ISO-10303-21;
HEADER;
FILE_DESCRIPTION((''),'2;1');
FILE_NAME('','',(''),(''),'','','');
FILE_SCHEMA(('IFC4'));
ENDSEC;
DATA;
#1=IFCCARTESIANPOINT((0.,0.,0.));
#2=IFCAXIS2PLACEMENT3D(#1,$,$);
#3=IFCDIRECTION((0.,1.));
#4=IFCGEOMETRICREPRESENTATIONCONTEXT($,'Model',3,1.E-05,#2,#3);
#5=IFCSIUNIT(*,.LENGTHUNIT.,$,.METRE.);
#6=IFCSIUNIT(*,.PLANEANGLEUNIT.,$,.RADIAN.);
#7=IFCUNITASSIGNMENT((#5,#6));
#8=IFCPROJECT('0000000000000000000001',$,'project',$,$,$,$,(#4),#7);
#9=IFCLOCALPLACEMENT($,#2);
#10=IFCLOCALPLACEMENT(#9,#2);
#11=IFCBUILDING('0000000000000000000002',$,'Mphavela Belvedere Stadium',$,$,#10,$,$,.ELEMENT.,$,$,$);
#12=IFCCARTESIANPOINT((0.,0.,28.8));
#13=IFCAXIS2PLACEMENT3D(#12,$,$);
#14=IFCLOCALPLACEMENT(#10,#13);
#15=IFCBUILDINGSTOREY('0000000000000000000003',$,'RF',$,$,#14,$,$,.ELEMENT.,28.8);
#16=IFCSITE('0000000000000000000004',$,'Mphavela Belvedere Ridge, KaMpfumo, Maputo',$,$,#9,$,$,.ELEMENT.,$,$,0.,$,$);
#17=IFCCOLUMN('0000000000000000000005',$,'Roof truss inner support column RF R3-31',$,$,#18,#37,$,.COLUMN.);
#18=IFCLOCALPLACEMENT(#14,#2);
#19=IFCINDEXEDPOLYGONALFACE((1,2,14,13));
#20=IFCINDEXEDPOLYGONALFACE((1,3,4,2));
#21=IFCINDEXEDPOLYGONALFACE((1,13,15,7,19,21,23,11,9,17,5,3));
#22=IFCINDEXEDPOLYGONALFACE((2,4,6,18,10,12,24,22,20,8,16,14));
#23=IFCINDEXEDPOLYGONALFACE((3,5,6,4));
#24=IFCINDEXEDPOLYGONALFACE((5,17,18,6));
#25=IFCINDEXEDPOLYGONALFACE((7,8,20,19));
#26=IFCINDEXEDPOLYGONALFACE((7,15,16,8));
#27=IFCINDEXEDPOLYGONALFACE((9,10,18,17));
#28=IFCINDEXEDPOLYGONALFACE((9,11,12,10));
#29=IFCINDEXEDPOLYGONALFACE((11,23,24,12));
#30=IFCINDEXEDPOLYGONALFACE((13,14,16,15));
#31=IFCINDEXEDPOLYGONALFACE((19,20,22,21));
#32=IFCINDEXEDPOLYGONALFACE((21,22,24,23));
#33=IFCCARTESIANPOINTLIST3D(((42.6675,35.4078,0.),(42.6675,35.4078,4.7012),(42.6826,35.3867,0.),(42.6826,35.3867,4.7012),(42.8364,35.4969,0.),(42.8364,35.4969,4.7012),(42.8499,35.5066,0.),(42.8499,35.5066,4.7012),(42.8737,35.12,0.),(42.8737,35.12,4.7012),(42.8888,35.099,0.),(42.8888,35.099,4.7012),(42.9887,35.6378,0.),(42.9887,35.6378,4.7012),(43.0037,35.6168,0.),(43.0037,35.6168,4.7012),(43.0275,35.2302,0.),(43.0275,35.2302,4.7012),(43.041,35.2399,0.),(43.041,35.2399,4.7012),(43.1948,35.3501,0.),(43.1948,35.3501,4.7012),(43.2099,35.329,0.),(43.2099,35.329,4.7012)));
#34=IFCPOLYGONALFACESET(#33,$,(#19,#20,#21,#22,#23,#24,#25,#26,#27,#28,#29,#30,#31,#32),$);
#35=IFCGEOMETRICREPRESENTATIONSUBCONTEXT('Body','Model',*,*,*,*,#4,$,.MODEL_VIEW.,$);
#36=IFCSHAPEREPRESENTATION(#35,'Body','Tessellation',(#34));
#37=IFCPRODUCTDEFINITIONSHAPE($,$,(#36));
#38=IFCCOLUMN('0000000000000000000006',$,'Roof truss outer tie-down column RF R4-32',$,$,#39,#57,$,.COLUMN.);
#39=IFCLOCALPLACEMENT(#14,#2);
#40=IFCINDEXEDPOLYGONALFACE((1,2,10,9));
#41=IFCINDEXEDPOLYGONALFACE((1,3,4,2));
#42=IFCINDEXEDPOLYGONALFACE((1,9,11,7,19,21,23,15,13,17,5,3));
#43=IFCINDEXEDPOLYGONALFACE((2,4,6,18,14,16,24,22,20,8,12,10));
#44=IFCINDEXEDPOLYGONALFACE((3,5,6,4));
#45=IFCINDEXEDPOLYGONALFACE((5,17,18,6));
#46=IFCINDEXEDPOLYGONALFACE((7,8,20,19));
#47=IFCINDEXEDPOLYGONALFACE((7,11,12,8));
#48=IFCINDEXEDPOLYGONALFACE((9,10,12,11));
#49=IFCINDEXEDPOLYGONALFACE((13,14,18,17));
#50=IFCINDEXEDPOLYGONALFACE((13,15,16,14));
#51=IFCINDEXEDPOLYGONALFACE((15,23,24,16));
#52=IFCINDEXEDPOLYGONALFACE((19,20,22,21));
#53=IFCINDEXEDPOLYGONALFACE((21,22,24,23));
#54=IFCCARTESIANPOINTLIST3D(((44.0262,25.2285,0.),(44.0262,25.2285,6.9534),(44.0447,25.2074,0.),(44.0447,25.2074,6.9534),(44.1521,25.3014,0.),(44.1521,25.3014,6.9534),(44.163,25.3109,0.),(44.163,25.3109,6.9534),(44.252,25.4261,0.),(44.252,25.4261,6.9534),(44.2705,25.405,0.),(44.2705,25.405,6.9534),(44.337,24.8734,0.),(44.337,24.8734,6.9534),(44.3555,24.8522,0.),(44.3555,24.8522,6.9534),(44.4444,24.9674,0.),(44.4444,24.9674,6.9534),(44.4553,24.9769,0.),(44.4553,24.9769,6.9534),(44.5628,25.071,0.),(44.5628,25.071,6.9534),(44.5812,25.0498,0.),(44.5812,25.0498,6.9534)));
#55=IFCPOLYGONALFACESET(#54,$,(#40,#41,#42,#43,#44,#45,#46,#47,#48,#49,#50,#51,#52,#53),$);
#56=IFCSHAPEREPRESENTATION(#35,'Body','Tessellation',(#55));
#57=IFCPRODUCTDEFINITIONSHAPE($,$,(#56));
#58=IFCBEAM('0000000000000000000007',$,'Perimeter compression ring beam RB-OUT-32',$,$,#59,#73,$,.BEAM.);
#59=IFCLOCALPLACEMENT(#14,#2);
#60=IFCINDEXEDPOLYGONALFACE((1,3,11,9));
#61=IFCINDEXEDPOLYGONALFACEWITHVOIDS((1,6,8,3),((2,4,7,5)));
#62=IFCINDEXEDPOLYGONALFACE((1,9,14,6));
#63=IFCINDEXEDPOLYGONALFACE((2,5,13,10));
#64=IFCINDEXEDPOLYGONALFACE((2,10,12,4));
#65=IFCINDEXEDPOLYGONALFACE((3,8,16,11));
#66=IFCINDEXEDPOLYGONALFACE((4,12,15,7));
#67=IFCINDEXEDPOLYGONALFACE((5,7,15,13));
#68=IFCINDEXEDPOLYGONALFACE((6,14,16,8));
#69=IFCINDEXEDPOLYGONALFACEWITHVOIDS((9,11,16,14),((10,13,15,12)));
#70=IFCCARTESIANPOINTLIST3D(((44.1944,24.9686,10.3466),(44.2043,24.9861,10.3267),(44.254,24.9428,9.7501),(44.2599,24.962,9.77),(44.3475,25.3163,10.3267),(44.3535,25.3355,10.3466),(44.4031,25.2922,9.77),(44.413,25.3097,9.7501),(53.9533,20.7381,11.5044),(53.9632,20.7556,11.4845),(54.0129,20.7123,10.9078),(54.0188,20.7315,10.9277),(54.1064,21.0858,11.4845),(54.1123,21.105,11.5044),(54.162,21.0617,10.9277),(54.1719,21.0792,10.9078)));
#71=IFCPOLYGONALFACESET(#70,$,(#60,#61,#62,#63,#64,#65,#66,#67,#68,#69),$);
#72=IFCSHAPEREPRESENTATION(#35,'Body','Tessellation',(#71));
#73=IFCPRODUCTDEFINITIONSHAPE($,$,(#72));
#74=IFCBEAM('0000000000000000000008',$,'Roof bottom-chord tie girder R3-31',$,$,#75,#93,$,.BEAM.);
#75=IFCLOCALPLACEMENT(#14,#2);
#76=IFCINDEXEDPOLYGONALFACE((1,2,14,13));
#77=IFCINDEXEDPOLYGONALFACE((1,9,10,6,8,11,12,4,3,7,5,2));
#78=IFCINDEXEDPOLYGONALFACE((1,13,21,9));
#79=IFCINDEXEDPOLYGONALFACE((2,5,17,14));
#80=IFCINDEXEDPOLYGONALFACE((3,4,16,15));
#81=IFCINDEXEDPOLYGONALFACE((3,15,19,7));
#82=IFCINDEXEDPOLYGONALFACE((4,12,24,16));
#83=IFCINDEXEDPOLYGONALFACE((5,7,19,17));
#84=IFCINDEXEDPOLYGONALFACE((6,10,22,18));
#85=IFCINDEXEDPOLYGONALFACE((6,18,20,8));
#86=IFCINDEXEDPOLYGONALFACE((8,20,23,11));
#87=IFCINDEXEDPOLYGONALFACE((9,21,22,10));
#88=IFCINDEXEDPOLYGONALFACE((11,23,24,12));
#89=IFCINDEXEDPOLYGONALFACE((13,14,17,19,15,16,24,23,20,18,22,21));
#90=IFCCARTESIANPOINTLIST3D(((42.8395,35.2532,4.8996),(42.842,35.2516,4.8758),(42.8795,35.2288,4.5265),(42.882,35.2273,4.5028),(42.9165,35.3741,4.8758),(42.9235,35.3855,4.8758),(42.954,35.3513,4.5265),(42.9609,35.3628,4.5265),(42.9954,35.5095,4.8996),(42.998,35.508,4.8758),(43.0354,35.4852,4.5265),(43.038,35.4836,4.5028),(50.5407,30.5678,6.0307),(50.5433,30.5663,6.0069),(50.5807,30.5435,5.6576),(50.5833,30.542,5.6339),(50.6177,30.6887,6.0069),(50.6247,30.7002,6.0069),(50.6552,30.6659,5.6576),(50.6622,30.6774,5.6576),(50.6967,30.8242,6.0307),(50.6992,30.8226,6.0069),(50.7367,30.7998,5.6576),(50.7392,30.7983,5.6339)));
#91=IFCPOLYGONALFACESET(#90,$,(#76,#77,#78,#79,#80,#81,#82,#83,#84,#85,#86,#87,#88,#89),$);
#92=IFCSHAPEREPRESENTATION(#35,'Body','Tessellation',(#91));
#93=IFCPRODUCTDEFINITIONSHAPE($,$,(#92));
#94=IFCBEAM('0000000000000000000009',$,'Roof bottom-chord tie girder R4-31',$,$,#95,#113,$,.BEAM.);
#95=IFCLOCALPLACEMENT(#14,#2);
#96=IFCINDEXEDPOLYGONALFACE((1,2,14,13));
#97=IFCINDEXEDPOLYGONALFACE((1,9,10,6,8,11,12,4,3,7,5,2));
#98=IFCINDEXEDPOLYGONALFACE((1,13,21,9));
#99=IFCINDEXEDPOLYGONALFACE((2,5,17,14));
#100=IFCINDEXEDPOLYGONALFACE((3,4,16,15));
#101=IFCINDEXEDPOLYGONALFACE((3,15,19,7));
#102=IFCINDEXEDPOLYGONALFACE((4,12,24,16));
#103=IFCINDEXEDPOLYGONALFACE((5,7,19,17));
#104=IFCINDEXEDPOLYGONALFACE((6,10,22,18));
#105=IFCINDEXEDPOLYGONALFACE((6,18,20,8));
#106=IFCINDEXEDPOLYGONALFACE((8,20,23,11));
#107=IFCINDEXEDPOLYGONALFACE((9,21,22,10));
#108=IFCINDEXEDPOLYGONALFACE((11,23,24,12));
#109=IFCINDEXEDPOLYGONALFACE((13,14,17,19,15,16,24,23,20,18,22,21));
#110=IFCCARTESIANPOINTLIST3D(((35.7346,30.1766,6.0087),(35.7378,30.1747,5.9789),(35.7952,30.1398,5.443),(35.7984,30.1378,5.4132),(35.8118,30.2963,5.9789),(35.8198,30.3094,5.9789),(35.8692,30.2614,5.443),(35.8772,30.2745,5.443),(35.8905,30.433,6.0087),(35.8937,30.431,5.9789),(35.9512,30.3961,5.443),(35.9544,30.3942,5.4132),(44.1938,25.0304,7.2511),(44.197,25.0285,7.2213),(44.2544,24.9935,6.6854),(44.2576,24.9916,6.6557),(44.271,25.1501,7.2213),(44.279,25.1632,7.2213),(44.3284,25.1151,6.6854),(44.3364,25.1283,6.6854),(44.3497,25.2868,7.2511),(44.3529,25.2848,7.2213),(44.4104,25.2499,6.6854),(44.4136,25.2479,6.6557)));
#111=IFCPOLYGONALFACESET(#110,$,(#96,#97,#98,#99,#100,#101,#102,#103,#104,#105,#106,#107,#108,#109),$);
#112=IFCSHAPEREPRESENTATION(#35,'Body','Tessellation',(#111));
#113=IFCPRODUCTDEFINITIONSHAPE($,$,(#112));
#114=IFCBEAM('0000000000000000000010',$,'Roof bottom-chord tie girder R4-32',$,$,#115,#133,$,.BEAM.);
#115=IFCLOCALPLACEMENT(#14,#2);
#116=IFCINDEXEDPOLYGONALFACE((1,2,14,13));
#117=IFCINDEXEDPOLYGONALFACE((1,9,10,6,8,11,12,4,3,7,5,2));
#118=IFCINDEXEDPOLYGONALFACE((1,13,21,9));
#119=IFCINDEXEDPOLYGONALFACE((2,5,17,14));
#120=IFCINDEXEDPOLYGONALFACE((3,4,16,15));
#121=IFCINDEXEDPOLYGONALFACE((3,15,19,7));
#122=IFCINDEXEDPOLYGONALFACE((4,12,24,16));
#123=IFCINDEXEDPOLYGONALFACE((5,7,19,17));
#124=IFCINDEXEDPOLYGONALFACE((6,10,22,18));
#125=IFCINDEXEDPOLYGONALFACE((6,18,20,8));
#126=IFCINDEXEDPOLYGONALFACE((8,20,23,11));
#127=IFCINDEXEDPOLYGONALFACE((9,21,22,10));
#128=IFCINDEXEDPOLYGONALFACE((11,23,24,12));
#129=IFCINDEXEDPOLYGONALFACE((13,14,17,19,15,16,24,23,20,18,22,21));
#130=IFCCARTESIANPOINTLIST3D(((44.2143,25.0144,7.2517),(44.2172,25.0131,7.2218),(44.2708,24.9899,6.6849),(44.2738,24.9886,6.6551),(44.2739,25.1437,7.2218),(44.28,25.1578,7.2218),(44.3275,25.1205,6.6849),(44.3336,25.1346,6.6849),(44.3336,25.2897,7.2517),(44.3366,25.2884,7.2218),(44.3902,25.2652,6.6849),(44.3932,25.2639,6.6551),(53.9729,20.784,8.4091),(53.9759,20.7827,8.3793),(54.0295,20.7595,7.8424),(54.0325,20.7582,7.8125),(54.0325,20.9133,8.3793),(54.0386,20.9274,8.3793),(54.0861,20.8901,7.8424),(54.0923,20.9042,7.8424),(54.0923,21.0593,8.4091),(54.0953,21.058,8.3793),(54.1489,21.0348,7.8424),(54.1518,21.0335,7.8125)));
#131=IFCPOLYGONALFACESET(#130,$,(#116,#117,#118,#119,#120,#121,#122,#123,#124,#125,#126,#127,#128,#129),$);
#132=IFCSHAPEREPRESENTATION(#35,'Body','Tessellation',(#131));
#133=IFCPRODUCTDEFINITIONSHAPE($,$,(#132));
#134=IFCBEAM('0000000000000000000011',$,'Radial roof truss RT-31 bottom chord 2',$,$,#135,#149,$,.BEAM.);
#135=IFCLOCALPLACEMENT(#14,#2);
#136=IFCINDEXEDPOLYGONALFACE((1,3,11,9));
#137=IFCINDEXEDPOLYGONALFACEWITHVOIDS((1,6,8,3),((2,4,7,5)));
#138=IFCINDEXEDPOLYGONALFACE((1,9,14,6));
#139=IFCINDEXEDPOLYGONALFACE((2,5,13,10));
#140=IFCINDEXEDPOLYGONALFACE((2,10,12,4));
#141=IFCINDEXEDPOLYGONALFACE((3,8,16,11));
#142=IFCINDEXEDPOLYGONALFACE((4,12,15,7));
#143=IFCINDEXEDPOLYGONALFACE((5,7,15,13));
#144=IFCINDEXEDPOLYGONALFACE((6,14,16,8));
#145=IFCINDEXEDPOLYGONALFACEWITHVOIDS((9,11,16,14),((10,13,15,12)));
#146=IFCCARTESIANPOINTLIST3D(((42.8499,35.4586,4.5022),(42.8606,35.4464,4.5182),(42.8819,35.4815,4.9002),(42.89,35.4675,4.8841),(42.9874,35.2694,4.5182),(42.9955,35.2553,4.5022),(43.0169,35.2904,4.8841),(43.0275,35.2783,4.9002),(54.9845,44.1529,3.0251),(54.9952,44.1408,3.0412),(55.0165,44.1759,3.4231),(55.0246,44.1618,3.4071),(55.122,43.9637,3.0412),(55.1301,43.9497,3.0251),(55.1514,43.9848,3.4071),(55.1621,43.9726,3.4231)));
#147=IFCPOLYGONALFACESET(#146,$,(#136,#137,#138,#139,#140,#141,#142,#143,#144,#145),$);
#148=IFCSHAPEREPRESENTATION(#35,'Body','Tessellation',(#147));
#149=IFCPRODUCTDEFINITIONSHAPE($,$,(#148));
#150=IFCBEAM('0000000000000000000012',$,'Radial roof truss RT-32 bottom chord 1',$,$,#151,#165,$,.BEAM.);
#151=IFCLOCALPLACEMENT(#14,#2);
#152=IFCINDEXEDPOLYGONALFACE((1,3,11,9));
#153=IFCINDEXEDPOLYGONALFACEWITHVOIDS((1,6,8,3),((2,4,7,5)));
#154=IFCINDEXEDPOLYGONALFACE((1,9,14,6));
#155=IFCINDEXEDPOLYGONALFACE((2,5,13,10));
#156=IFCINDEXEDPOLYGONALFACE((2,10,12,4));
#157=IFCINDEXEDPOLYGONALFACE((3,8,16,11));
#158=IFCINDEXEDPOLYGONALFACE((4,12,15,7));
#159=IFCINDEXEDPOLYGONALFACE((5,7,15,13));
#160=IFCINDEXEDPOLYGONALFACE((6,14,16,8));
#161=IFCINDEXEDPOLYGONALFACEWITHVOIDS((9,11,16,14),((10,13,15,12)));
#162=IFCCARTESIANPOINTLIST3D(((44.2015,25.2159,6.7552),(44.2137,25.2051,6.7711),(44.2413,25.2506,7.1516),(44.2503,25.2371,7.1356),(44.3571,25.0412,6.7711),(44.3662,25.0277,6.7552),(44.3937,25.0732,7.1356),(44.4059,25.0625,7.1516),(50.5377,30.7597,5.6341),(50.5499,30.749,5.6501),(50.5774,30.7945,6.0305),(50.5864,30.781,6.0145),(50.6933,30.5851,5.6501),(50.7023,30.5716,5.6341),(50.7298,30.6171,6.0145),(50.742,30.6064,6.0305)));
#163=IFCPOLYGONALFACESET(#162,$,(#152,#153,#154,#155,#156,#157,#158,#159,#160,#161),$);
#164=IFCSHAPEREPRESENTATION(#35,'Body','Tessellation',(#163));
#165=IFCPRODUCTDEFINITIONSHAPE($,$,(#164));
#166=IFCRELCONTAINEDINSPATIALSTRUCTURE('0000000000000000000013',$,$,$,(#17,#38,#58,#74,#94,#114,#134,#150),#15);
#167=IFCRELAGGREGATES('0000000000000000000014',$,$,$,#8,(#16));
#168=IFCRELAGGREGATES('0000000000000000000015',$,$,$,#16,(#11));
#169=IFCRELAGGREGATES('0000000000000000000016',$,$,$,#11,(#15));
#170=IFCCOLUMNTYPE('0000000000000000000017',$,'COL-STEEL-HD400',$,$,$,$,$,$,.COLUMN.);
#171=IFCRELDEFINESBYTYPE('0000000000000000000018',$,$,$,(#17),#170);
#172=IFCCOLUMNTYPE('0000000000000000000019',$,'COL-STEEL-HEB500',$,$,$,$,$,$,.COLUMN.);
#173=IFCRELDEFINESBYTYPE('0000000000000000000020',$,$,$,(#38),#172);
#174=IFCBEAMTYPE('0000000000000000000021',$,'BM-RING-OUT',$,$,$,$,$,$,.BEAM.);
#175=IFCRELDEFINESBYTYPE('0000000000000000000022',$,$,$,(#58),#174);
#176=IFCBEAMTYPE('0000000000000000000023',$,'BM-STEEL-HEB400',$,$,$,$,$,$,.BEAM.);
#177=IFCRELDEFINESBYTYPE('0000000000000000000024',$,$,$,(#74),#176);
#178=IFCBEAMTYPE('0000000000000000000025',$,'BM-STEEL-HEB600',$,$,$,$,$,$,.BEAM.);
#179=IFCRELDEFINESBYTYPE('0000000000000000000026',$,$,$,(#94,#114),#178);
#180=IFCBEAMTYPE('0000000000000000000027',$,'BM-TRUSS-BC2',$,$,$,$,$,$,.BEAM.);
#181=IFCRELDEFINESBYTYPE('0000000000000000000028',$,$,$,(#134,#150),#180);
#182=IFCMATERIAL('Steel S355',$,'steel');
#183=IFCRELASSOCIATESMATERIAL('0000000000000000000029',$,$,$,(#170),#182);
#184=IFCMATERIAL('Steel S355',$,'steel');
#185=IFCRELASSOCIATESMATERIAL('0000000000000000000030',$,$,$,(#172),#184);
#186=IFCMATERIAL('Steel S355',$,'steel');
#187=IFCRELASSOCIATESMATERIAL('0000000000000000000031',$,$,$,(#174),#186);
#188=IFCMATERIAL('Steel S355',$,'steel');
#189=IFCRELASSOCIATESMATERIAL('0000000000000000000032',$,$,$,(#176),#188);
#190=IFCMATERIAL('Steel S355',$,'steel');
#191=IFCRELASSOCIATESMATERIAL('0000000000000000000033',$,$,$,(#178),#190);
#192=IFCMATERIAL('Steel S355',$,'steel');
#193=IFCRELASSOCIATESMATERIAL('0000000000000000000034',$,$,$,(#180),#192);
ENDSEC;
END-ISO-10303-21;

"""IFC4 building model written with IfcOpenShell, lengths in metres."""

from ifc_helpers import new_model, si_unit, direction, frame, origin, origin_2d, place, context, subcontext, project, spatial, hollow_rectangle, i_section, extrude, material, material_profile, profile_set, type_object, element, save


model = new_model("IFC4")

# Units and contexts
model_context = context("Model", 3, precision=1e-05, world=origin(), true_north=direction((0.0, 1.0)))
body_context = subcontext(model_context, "Body", "Model", "MODEL_VIEW")
ifc_project = project(units=[si_unit("LENGTHUNIT", "METRE"), si_unit("PLANEANGLEUNIT", "RADIAN")], contexts=[model_context])

# Site, building, storey
site_placement = place(None, origin())
site = spatial("IfcSite", under=ifc_project, at=site_placement, Name="Mphavela Belvedere Ridge, KaMpfumo, Maputo", CompositionType="ELEMENT", RefElevation=0.0)
building_placement = place(site_placement, origin())
building = spatial("IfcBuilding", under=site, at=building_placement, Name="Mphavela Belvedere Stadium", CompositionType="ELEMENT")
storey_placement = place(building_placement, frame((0.0, 0.0, 28.8)))
storey = spatial("IfcBuildingStorey", under=building, at=storey_placement, Name="RF", CompositionType="ELEMENT", Elevation=28.8)

# Columns
ifc_material_1 = material(Name="Steel S355", Category="steel")
ifc_material_profile_1 = material_profile(ifc_material_1, i_section(OverallWidth=0.395, OverallDepth=0.3799, WebThickness=0.0166, FlangeThickness=0.0259, at=origin_2d()), Name="HD 400x237")
ifc_profile_set_1 = profile_set([ifc_material_profile_1], Name="Steel S355")
column_type_1 = type_object("IfcColumnType", Name="COL-STEEL-HD400", PredefinedType="COLUMN", material=ifc_profile_set_1)
column_1_placement = place(storey_placement, frame((42.9387, 35.3684, 0.0), z_axis=(0.0, 0.0, 1.0), x_axis=(-0.812898, -0.582407, 0.0)))
element("IfcColumn", 1, at=column_1_placement, inside=storey, type_object=column_type_1, Name="Roof truss inner support column RF R3-31", PredefinedType="COLUMN", context=body_context, shape_type="SweptSolid", body=[
    extrude(i_section(OverallWidth=0.395, OverallDepth=0.3799, WebThickness=0.0166, FlangeThickness=0.0259, at=origin_2d()), origin(), (0.0, 0.0, 1.0), 4.7012),
])
ifc_material_2 = material(Name="Steel S355", Category="steel")
ifc_material_profile_2 = material_profile(ifc_material_2, i_section(OverallWidth=0.3, OverallDepth=0.5, WebThickness=0.0144, FlangeThickness=0.0281, at=origin_2d()), Name="HEB 500")
ifc_profile_set_2 = profile_set([ifc_material_profile_2], Name="Steel S355")
column_type_2 = type_object("IfcColumnType", Name="COL-STEEL-HEB500", PredefinedType="COLUMN", material=ifc_profile_set_2)
column_2_placement = place(storey_placement, frame((44.3037, 25.1392, 0.0), z_axis=(0.0, 0.0, 1.0), x_axis=(-0.75253, -0.658558, 0.0)))
element("IfcColumn", 2, at=column_2_placement, inside=storey, type_object=column_type_2, Name="Roof truss outer tie-down column RF R4-32", PredefinedType="COLUMN", context=body_context, shape_type="SweptSolid", body=[
    extrude(i_section(OverallWidth=0.3, OverallDepth=0.5, WebThickness=0.0144, FlangeThickness=0.0281, at=origin_2d()), origin(), (0.0, 0.0, 1.0), 6.9534),
])

# Beams
ifc_material_3 = material(Name="Steel S355", Category="steel")
ifc_material_profile_3 = material_profile(ifc_material_3, hollow_rectangle(XDim=0.3999, YDim=0.6001, WallThickness=0.02, at=origin_2d()), Name="RHS 600x400x20")
ifc_profile_set_3 = profile_set([ifc_material_profile_3], Name="Steel S355")
beam_type_1 = type_object("IfcBeamType", Name="BM-RING-OUT", PredefinedType="BEAM", material=ifc_profile_set_3)
beam_1_placement = place(storey_placement, frame((44.3037, 25.1392, 10.0483), z_axis=(0.912112, -0.395403, 0.108207), x_axis=(0.397739, 0.917499, 0.0)))
element("IfcBeam", 3, at=beam_1_placement, inside=storey, type_object=beam_type_1, Name="Perimeter compression ring beam RB-OUT-32", PredefinedType="BEAM", context=body_context, shape_type="SweptSolid", body=[
    extrude(hollow_rectangle(XDim=0.3999, YDim=0.6001, WallThickness=0.02, at=origin_2d()), origin(), (0.0, 0.0, 1.0), 10.6992),
])
ifc_material_4 = material(Name="Steel S355", Category="steel")
ifc_material_profile_4 = material_profile(ifc_material_4, i_section(OverallWidth=0.3, OverallDepth=0.3999, WebThickness=0.0134, FlangeThickness=0.0239, at=origin_2d()), Name="HEB 400")
ifc_profile_set_4 = profile_set([ifc_material_profile_4], Name="Steel S355")
beam_type_2 = type_object("IfcBeamType", Name="BM-STEEL-HEB400", PredefinedType="BEAM", material=ifc_profile_set_4)
beam_2_placement = place(storey_placement, frame((42.9387, 35.3684, 4.7012), z_axis=(0.847668, -0.515711, 0.124501), x_axis=(0.519755, 0.854315, 0.0)))
element("IfcBeam", 4, at=beam_2_placement, inside=storey, type_object=beam_type_2, Name="Roof bottom-chord tie girder R3-31", PredefinedType="BEAM", context=body_context, shape_type="SweptSolid", body=[
    extrude(i_section(OverallWidth=0.3, OverallDepth=0.3999, WebThickness=0.0134, FlangeThickness=0.0239, at=origin_2d()), origin(), (0.0, 0.0, 1.0), 9.0852),
])
ifc_material_5 = material(Name="Steel S355", Category="steel")
ifc_material_profile_5 = material_profile(ifc_material_5, i_section(OverallWidth=0.3, OverallDepth=0.6001, WebThickness=0.0154, FlangeThickness=0.03, at=origin_2d()), Name="HEB 600")
ifc_profile_set_5 = profile_set([ifc_material_profile_5], Name="Steel S355")
beam_type_3 = type_object("IfcBeamType", Name="BM-STEEL-HEB600", PredefinedType="BEAM", material=ifc_profile_set_5)
beam_3_placement = place(storey_placement, frame((35.8445, 30.2854, 5.7109), z_axis=(0.847679, -0.515693, 0.124501), x_axis=(0.519737, 0.854327, 0.0)))
element("IfcBeam", 5, at=beam_3_placement, inside=storey, type_object=beam_type_3, Name="Roof bottom-chord tie girder R4-31", PredefinedType="BEAM", context=body_context, shape_type="SweptSolid", body=[
    extrude(i_section(OverallWidth=0.3, OverallDepth=0.6001, WebThickness=0.0154, FlangeThickness=0.03, at=origin_2d()), origin(), (0.0, 0.0, 1.0), 9.9792),
])
beam_4_placement = place(storey_placement, frame((44.3037, 25.1392, 6.9534), z_axis=(0.912114, -0.395404, 0.108184), x_axis=(0.397739, 0.917499, 0.0)))
element("IfcBeam", 6, at=beam_4_placement, inside=storey, type_object=beam_type_3, Name="Roof bottom-chord tie girder R4-32", PredefinedType="BEAM", context=body_context, shape_type="SweptSolid", body=[
    extrude(i_section(OverallWidth=0.3, OverallDepth=0.6001, WebThickness=0.0154, FlangeThickness=0.03, at=origin_2d()), origin(), (0.0, 0.0, 1.0), 10.699),
])
ifc_material_6 = material(Name="Steel S355", Category="steel")
ifc_material_profile_6 = material_profile(ifc_material_6, hollow_rectangle(XDim=0.25, YDim=0.3999, WallThickness=0.0161, at=origin_2d()), Name="RHS 400x250x16")
ifc_profile_set_6 = profile_set([ifc_material_profile_6], Name="Steel S355")
beam_type_4 = type_object("IfcBeamType", Name="BM-TRUSS-BC2", PredefinedType="BEAM", material=ifc_profile_set_6)
beam_5_placement = place(storey_placement, frame((42.9387, 35.3684, 4.7012), z_axis=(0.808933, 0.579597, -0.098466), x_axis=(-0.582427, 0.812883, 0.0)))
element("IfcBeam", 7, at=beam_5_placement, inside=storey, type_object=beam_type_4, Name="Radial roof truss RT-31 bottom chord 2", PredefinedType="BEAM", context=body_context, shape_type="SweptSolid", body=[
    extrude(hollow_rectangle(XDim=0.25, YDim=0.3999, WallThickness=0.0161, at=origin_2d()), origin(), (0.0, 0.0, 1.0), 15.0007),
])
beam_6_placement = place(storey_placement, frame((44.3037, 25.1392, 6.9534), z_axis=(0.746004, 0.652729, -0.131994), x_axis=(-0.65849, 0.752589, 0.0)))
element("IfcBeam", 8, at=beam_6_placement, inside=storey, type_object=beam_type_4, Name="Radial roof truss RT-32 bottom chord 1", PredefinedType="BEAM", context=body_context, shape_type="SweptSolid", body=[
    extrude(hollow_rectangle(XDim=0.25, YDim=0.3999, WallThickness=0.0161, at=origin_2d()), origin(), (0.0, 0.0, 1.0), 8.4934),
])

save(model, "model.ifc")
